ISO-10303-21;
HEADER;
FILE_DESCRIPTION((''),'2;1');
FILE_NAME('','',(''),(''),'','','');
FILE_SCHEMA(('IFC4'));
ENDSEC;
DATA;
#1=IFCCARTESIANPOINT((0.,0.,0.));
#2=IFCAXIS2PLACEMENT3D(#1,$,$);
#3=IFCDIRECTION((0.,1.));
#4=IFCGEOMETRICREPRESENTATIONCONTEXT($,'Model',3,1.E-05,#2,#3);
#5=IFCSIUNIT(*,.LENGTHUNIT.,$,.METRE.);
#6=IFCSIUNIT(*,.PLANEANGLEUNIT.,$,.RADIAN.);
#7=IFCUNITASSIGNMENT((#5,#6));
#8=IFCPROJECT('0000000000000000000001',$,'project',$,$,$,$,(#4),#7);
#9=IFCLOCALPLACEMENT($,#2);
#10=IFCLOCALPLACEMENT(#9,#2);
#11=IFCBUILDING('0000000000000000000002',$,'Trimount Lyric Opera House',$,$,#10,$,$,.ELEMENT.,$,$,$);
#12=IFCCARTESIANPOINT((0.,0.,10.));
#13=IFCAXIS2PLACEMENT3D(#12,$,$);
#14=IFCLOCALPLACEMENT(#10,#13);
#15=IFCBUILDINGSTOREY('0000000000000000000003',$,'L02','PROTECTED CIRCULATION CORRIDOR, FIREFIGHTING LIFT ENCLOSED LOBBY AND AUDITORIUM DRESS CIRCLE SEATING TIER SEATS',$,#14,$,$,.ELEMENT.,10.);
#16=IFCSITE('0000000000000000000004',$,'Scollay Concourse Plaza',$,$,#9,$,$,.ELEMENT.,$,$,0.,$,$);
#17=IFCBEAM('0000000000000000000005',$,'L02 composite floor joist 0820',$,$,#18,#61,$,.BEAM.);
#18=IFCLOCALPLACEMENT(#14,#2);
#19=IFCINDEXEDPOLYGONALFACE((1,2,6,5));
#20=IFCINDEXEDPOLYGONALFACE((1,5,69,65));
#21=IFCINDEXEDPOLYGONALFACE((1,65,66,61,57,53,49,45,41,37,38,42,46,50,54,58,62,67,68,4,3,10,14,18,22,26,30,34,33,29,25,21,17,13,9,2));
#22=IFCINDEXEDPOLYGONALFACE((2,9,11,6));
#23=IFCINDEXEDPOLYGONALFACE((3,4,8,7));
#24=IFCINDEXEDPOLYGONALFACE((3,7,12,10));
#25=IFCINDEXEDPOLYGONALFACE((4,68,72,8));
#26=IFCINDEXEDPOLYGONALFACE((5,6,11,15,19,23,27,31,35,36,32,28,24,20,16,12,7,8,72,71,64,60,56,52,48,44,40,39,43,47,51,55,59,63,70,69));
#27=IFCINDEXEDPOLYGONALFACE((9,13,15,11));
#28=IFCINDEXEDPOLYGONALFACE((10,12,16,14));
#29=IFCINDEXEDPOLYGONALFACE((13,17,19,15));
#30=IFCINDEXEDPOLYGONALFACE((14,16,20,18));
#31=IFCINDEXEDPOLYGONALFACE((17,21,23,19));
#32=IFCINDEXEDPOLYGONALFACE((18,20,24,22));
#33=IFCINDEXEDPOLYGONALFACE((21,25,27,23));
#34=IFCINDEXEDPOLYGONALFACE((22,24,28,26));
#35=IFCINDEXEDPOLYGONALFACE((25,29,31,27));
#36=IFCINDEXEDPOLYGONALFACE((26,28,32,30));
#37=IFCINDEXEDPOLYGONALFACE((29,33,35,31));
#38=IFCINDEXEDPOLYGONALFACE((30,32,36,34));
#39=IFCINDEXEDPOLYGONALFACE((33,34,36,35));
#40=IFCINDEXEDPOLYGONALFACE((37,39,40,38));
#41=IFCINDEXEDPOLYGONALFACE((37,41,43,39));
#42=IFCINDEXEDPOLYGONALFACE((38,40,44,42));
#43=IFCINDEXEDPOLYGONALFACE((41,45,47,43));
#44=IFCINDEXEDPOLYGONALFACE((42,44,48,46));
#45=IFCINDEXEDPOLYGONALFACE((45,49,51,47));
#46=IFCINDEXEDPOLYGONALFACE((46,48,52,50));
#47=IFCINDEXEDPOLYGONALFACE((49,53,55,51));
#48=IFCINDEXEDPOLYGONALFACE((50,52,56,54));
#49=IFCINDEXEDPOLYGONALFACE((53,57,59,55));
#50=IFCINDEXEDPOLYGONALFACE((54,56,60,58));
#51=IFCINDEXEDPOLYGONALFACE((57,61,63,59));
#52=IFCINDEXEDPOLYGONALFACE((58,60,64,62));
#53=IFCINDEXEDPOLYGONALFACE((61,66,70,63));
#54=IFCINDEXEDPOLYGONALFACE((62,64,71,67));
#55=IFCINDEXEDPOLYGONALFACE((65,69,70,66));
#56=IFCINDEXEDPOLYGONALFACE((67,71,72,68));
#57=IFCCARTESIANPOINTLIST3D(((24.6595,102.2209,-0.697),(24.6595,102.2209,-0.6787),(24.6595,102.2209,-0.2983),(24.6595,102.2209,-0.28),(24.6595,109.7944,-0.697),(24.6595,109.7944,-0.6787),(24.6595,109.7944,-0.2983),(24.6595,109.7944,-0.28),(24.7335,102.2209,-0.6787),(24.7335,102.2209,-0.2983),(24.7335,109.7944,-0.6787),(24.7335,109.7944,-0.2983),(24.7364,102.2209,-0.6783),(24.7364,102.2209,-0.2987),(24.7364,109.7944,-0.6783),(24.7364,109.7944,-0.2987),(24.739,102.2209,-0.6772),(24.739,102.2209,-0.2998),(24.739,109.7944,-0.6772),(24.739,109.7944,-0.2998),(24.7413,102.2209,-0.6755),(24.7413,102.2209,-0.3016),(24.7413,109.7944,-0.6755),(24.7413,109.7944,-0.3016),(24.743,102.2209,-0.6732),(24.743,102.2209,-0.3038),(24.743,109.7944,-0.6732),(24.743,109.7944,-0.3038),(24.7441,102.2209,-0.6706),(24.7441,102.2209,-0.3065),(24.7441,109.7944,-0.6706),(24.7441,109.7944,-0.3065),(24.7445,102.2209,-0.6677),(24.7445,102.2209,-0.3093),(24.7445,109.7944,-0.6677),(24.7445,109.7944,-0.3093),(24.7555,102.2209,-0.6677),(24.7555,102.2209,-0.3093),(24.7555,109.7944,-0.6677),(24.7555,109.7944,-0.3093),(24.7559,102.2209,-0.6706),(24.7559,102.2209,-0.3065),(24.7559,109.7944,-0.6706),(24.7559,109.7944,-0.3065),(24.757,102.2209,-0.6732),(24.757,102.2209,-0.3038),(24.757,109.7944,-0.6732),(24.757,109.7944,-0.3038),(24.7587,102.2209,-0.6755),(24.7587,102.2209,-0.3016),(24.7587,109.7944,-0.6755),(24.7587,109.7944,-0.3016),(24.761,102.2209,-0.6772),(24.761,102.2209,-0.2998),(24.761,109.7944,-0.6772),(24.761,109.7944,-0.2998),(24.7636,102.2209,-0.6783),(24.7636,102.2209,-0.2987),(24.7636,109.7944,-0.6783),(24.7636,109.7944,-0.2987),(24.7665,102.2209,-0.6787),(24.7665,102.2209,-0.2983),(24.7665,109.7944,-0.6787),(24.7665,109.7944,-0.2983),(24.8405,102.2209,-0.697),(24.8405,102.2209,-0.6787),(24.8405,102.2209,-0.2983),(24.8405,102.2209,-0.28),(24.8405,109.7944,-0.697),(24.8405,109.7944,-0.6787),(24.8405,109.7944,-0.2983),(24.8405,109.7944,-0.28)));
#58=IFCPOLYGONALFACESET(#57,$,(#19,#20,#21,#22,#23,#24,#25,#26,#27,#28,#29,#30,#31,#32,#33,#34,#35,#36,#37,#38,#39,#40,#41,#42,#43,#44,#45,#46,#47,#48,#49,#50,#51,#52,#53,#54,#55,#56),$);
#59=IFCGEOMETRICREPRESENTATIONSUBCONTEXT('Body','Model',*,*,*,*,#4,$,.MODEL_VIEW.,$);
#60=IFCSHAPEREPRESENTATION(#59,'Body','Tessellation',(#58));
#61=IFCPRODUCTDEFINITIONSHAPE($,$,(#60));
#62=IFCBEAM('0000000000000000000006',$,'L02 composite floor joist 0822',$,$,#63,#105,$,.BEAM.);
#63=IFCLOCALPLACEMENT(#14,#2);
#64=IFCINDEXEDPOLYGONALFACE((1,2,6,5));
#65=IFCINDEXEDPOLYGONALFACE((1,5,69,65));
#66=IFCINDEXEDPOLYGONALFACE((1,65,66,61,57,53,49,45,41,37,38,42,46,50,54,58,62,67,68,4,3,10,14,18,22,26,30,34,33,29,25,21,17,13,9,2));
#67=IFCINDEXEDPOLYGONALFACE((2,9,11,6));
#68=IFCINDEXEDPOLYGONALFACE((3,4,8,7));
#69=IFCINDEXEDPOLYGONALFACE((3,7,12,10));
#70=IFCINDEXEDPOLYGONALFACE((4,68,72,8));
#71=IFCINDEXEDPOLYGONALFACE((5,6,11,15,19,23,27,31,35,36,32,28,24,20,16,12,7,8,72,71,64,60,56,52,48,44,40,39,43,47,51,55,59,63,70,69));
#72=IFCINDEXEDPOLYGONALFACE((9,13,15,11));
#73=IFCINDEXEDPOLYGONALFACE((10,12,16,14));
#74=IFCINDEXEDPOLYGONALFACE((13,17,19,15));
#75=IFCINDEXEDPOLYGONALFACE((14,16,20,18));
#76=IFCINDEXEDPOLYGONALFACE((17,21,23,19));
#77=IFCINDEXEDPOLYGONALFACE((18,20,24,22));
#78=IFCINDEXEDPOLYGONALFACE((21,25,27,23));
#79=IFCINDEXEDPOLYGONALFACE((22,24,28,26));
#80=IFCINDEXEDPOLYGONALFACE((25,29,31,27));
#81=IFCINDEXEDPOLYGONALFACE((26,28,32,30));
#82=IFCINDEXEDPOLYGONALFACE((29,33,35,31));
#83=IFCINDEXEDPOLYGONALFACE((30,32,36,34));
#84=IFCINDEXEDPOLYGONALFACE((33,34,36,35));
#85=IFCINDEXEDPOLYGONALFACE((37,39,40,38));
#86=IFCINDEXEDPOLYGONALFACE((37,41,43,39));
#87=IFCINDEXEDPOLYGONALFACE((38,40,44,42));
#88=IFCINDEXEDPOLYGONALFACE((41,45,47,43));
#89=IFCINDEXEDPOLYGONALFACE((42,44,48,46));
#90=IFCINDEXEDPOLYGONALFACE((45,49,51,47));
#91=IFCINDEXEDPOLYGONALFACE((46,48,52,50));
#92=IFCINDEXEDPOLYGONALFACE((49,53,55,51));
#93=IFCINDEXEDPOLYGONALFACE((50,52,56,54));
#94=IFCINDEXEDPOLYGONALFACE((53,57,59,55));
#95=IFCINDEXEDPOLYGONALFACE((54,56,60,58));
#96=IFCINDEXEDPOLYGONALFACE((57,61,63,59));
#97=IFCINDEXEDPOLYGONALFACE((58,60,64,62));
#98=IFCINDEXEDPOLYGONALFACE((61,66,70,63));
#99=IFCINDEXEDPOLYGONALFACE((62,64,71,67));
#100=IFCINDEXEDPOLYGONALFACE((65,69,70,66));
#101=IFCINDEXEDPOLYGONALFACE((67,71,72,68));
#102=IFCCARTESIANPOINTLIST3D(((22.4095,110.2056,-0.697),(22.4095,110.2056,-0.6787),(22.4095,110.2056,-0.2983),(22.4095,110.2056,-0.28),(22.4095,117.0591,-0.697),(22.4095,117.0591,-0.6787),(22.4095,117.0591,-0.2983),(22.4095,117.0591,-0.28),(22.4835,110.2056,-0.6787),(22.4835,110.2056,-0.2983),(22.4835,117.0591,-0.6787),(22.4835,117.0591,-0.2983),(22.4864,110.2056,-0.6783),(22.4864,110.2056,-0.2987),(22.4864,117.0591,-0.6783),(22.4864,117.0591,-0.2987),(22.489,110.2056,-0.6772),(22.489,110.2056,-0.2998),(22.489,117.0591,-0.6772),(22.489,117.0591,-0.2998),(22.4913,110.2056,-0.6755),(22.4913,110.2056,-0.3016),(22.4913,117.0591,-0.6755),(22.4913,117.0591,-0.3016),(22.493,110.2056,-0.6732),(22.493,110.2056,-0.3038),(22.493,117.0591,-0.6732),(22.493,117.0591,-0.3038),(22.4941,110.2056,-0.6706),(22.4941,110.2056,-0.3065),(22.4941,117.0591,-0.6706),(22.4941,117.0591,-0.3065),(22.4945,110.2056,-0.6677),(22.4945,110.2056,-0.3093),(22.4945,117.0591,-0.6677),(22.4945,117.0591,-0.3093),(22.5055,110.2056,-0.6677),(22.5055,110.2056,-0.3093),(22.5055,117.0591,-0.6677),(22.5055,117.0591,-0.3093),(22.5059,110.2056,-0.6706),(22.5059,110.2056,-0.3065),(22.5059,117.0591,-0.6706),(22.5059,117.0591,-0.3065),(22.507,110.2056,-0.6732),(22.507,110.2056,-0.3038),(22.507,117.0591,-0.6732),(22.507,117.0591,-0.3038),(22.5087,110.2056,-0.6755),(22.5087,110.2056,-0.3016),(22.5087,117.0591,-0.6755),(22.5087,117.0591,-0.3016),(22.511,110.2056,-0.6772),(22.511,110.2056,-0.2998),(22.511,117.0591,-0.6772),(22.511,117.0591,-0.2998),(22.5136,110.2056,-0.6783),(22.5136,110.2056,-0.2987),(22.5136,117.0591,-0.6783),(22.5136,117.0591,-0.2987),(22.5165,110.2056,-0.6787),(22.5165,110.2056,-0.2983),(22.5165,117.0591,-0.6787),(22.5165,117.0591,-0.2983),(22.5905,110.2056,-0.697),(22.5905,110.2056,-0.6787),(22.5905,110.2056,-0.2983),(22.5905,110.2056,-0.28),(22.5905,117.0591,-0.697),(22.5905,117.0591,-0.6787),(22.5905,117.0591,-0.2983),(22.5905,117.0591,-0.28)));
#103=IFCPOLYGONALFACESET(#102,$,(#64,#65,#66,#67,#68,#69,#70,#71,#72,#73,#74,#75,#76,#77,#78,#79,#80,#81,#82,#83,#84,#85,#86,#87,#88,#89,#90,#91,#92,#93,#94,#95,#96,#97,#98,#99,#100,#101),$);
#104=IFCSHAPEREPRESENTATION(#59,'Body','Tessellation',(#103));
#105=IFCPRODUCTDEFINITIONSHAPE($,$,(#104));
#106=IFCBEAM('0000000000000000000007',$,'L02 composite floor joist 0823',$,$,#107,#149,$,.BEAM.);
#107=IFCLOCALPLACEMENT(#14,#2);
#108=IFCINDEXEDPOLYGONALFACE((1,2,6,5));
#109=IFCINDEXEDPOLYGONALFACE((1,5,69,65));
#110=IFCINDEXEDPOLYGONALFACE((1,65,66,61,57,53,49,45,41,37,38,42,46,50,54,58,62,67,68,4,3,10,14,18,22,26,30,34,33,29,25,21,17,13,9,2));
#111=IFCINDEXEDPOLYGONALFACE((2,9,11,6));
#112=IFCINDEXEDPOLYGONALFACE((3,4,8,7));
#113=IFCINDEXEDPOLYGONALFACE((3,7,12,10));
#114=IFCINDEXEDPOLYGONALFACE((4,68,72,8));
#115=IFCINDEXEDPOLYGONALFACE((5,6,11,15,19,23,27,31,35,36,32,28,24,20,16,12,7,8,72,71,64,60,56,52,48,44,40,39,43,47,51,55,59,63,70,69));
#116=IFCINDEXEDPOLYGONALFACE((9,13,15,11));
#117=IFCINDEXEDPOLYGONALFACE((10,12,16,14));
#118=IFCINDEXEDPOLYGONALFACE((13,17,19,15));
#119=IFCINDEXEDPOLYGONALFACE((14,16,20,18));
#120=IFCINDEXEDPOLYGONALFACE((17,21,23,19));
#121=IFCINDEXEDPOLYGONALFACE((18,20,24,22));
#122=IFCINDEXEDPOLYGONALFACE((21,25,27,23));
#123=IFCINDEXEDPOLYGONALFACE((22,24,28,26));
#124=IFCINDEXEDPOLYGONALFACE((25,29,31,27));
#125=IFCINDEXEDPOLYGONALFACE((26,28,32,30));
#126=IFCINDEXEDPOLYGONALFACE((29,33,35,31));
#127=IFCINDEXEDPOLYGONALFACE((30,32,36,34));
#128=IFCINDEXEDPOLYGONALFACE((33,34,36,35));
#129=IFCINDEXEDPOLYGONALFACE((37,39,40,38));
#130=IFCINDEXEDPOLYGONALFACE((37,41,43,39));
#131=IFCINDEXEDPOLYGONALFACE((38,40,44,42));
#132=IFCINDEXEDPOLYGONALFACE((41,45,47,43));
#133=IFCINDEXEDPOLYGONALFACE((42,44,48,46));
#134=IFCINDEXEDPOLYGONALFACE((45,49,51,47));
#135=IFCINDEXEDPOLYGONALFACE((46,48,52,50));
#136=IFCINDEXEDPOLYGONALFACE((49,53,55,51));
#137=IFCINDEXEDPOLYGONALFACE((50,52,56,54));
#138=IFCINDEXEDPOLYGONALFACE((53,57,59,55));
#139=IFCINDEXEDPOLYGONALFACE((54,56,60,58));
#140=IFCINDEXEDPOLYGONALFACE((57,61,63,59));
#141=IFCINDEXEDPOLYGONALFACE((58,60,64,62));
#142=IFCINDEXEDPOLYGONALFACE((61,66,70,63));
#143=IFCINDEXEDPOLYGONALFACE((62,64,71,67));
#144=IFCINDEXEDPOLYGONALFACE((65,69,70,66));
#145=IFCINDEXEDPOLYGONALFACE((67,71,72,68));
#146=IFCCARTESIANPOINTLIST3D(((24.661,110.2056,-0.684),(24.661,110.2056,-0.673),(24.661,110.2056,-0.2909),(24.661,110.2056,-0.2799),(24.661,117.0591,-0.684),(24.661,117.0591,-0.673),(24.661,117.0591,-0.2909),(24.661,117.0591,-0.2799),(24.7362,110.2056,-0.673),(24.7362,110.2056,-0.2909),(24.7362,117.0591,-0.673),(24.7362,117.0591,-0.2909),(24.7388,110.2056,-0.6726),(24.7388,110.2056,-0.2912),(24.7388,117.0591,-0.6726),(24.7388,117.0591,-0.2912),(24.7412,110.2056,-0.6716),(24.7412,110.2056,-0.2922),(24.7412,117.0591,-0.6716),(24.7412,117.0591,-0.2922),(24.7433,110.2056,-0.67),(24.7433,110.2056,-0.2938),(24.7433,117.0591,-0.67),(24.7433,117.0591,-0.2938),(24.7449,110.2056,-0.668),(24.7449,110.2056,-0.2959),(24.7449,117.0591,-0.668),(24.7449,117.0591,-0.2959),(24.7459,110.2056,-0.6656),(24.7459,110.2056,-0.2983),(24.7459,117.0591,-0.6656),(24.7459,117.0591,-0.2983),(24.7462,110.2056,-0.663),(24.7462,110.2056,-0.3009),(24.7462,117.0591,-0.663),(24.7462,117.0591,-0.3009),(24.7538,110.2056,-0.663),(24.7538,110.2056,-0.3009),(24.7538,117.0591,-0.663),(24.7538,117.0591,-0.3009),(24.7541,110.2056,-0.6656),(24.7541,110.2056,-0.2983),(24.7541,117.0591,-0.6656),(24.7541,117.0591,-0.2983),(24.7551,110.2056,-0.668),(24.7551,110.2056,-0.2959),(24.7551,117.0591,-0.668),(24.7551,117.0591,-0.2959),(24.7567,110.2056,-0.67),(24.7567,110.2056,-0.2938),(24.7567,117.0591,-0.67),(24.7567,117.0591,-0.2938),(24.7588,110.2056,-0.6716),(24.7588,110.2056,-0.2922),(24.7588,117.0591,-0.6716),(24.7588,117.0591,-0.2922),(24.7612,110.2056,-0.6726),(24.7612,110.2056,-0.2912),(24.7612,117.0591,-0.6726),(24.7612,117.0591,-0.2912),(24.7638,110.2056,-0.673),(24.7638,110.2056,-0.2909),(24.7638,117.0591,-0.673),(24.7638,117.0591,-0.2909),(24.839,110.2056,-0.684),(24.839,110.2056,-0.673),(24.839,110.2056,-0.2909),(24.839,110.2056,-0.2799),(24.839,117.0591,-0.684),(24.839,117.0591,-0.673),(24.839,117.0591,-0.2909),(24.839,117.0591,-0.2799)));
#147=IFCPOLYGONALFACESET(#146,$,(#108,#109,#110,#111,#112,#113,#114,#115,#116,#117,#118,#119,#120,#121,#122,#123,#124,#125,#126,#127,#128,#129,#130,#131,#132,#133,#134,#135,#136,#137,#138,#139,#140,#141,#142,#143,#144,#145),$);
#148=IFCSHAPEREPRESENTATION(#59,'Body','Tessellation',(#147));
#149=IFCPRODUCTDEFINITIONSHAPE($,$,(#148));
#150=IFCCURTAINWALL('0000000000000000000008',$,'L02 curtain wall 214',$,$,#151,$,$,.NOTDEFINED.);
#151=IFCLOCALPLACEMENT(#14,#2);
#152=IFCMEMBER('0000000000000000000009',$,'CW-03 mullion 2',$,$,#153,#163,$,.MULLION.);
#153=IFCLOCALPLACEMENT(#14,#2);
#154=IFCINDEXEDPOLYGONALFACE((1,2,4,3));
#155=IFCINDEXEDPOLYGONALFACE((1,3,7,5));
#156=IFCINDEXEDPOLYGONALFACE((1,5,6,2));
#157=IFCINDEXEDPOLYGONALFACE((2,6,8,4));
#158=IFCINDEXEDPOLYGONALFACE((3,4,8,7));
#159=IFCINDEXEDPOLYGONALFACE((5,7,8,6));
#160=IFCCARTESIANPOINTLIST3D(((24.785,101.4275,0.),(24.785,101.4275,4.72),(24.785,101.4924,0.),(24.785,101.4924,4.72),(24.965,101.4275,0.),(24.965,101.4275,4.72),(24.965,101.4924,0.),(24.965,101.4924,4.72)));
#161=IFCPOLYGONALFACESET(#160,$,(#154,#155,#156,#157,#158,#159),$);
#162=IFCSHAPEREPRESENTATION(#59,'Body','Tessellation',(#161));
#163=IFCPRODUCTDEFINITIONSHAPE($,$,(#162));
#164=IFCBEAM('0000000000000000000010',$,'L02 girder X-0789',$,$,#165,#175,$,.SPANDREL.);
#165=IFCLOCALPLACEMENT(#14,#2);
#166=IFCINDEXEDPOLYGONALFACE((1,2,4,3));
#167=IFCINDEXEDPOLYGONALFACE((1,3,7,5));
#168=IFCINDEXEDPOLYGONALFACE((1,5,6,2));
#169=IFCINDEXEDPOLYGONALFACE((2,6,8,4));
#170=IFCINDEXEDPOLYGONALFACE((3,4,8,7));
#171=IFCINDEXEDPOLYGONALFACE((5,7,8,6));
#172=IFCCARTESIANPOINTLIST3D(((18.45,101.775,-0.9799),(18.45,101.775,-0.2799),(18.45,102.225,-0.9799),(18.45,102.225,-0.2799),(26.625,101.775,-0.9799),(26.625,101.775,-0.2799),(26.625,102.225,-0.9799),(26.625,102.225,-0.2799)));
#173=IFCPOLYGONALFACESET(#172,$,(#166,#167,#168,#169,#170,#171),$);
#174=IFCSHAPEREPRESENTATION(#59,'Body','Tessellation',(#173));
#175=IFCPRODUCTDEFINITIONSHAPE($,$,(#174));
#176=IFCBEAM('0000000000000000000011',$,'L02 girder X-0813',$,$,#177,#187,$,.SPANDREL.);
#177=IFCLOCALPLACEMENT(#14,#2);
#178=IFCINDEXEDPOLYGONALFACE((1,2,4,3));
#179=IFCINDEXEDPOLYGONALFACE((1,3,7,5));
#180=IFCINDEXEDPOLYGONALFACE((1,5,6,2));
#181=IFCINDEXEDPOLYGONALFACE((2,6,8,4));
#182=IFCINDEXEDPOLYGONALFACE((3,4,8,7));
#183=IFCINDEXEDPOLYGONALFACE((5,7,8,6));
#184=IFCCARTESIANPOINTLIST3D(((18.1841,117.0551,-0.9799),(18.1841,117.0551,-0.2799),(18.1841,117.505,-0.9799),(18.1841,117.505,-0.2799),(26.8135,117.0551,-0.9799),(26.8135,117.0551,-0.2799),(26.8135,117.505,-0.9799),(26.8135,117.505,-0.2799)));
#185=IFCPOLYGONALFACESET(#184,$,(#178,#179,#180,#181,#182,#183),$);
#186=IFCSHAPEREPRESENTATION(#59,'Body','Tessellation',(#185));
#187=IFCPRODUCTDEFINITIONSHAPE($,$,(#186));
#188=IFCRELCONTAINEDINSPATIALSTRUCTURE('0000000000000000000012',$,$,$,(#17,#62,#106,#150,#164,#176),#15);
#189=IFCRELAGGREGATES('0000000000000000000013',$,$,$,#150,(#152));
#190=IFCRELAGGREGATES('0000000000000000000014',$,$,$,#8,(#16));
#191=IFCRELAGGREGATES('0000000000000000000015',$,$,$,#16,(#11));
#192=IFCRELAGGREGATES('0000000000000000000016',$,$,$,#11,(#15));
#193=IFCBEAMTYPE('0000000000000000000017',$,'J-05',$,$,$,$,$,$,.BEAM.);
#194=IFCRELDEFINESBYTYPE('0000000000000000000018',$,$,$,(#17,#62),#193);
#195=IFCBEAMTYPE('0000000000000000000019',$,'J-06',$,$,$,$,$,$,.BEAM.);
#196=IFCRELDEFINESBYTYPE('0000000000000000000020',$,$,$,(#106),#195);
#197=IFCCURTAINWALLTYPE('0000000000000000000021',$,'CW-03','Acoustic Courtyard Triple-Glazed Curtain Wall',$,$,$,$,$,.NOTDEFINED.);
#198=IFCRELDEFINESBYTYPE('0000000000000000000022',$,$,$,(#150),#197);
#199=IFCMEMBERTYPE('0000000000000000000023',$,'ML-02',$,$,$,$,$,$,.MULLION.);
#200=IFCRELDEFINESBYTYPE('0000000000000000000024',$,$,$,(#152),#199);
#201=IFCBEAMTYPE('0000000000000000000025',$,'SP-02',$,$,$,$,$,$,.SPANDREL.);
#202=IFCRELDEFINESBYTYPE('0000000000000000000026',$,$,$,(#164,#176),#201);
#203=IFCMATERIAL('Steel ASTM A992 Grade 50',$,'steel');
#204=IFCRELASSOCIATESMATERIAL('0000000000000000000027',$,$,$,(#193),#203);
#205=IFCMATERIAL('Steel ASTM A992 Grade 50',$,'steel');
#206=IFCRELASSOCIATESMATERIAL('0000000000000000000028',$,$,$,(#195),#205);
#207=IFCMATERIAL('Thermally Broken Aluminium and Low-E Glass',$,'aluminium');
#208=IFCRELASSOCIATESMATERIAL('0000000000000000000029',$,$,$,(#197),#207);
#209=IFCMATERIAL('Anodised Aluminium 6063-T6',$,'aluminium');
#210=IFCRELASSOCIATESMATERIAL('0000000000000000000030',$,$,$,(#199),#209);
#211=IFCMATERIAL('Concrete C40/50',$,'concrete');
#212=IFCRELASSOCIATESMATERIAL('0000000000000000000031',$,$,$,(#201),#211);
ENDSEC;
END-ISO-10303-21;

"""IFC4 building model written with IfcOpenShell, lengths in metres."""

from ifc_helpers import new_model, si_unit, direction, frame, origin, origin_2d, place, context, subcontext, project, spatial, rectangle, i_section, extrude, material, material_profile, profile_set, type_object, element, aggregate, save


model = new_model("IFC4")

# Units and contexts
model_context = context("Model", 3, precision=1e-05, world=origin(), true_north=direction((0.0, 1.0)))
body_context = subcontext(model_context, "Body", "Model", "MODEL_VIEW")
ifc_project = project(units=[si_unit("LENGTHUNIT", "METRE"), si_unit("PLANEANGLEUNIT", "RADIAN")], contexts=[model_context])

# Site, building, storey
site_placement = place(None, origin())
site = spatial("IfcSite", under=ifc_project, at=site_placement, Name="Scollay Concourse Plaza", CompositionType="ELEMENT", RefElevation=0.0)
building_placement = place(site_placement, origin())
building = spatial("IfcBuilding", under=site, at=building_placement, Name="Trimount Lyric Opera House", CompositionType="ELEMENT")
storey_placement = place(building_placement, frame((0.0, 0.0, 10.0)))
storey = spatial("IfcBuildingStorey", under=building, at=storey_placement, Name="L02", Description="PROTECTED CIRCULATION CORRIDOR, FIREFIGHTING LIFT ENCLOSED LOBBY AND AUDITORIUM DRESS CIRCLE SEATING TIER SEATS", CompositionType="ELEMENT", Elevation=10.0)

# Beams
ifc_material_1 = material(Name="Steel ASTM A992 Grade 50", Category="steel")
ifc_material_profile_1 = material_profile(ifc_material_1, i_section(OverallWidth=0.1809, OverallDepth=0.417, WebThickness=0.011, FlangeThickness=0.0183, FilletRadius=0.011, at=origin_2d()), Name="W16X57")
ifc_profile_set_1 = profile_set([ifc_material_profile_1], Name="Steel ASTM A992 Grade 50")
beam_type_1 = type_object("IfcBeamType", Name="J-05", PredefinedType="BEAM", material=ifc_profile_set_1)
beam_1_placement = place(storey_placement, frame((24.75, 102.2209, -0.4885), z_axis=(0.0, 1.0, 0.0), x_axis=(-1.0, 0.0, 0.0)))
element("IfcBeam", 1, at=beam_1_placement, inside=storey, type_object=beam_type_1, Name="L02 composite floor joist 0820", PredefinedType="BEAM", context=body_context, shape_type="SweptSolid", body=[
    extrude(i_section(OverallWidth=0.1809, OverallDepth=0.417, WebThickness=0.011, FlangeThickness=0.0183, FilletRadius=0.011, at=origin_2d()), origin(), (0.0, 0.0, 1.0), 7.5735),
])
beam_2_placement = place(storey_placement, frame((22.5, 110.2056, -0.4885), z_axis=(0.0, 1.0, 0.0), x_axis=(-1.0, 0.0, 0.0)))
element("IfcBeam", 2, at=beam_2_placement, inside=storey, type_object=beam_type_1, Name="L02 composite floor joist 0822", PredefinedType="BEAM", context=body_context, shape_type="SweptSolid", body=[
    extrude(i_section(OverallWidth=0.1809, OverallDepth=0.417, WebThickness=0.011, FlangeThickness=0.0183, FilletRadius=0.011, at=origin_2d()), origin(), (0.0, 0.0, 1.0), 6.8535),
])
ifc_material_2 = material(Name="Steel ASTM A992 Grade 50", Category="steel")
ifc_material_profile_2 = material_profile(ifc_material_2, i_section(OverallWidth=0.178, OverallDepth=0.4041, WebThickness=0.0076, FlangeThickness=0.011, FilletRadius=0.01, at=origin_2d()), Name="W16X36")
ifc_profile_set_2 = profile_set([ifc_material_profile_2], Name="Steel ASTM A992 Grade 50")
beam_type_2 = type_object("IfcBeamType", Name="J-06", PredefinedType="BEAM", material=ifc_profile_set_2)
beam_3_placement = place(storey_placement, frame((24.75, 110.2056, -0.4819), z_axis=(0.0, 1.0, 0.0), x_axis=(-1.0, 0.0, 0.0)))
element("IfcBeam", 3, at=beam_3_placement, inside=storey, type_object=beam_type_2, Name="L02 composite floor joist 0823", PredefinedType="BEAM", context=body_context, shape_type="SweptSolid", body=[
    extrude(i_section(OverallWidth=0.178, OverallDepth=0.4041, WebThickness=0.0076, FlangeThickness=0.011, FilletRadius=0.01, at=origin_2d()), origin(), (0.0, 0.0, 1.0), 6.8535),
])

# Curtain wall, member
ifc_material_3 = material(Name="Thermally Broken Aluminium and Low-E Glass", Category="aluminium")
curtain_wall_type = type_object("IfcCurtainWallType", Name="CW-03", Description="Acoustic Courtyard Triple-Glazed Curtain Wall", PredefinedType="NOTDEFINED", material=ifc_material_3)
curtain_wall_placement = place(storey_placement, origin())
curtain_wall = element("IfcCurtainWall", 4, at=curtain_wall_placement, inside=storey, type_object=curtain_wall_type, Name="L02 curtain wall 214", PredefinedType="NOTDEFINED")
ifc_material_4 = material(Name="Anodised Aluminium 6063-T6", Category="aluminium")
ifc_material_profile_3 = material_profile(ifc_material_4, rectangle(XDim=0.0649, YDim=0.1799, at=origin_2d()), Name="ALU-MULL-65X180")
ifc_profile_set_3 = profile_set([ifc_material_profile_3], Name="Anodised Aluminium 6063-T6")
member_type_1 = type_object("IfcMemberType", Name="ML-02", PredefinedType="MULLION", material=ifc_profile_set_3)
member_1_placement = place(storey_placement, frame((24.875, 101.46, 0.0), z_axis=(0.0, 0.0, 1.0), x_axis=(0.0, -1.0, 0.0)))
member_1 = element("IfcMember", 5, at=member_1_placement, type_object=member_type_1, Name="CW-03 mullion 2", PredefinedType="MULLION", context=body_context, shape_type="SweptSolid", body=[
    extrude(rectangle(XDim=0.0649, YDim=0.1799, at=origin_2d()), origin(), (0.0, 0.0, 1.0), 4.72),
])

# Beams
ifc_material_5 = material(Name="Concrete C40/50", Category="concrete")
ifc_material_profile_4 = material_profile(ifc_material_5, rectangle(XDim=0.45, YDim=0.7, at=origin_2d()), Name="RC450X700")
ifc_profile_set_4 = profile_set([ifc_material_profile_4], Name="Concrete C40/50")
beam_type_3 = type_object("IfcBeamType", Name="SP-02", PredefinedType="SPANDREL", material=ifc_profile_set_4)
beam_4_placement = place(storey_placement, frame((18.45, 102.0, -0.6299), z_axis=(1.0, 0.0, 0.0), x_axis=(0.0, 1.0, 0.0)))
element("IfcBeam", 6, at=beam_4_placement, inside=storey, type_object=beam_type_3, Name="L02 girder X-0789", PredefinedType="SPANDREL", context=body_context, shape_type="SweptSolid", body=[
    extrude(rectangle(XDim=0.45, YDim=0.7, at=origin_2d()), origin(), (0.0, 0.0, 1.0), 8.175),
])
beam_5_placement = place(storey_placement, frame((18.1841, 117.28, -0.6299), z_axis=(1.0, 0.0, 0.0), x_axis=(0.0, 1.0, 0.0)))
element("IfcBeam", 7, at=beam_5_placement, inside=storey, type_object=beam_type_3, Name="L02 girder X-0813", PredefinedType="SPANDREL", context=body_context, shape_type="SweptSolid", body=[
    extrude(rectangle(XDim=0.45, YDim=0.7, at=origin_2d()), origin(), (0.0, 0.0, 1.0), 8.6294),
])

aggregate(curtain_wall, [member_1])

save(model, "model.ifc")
